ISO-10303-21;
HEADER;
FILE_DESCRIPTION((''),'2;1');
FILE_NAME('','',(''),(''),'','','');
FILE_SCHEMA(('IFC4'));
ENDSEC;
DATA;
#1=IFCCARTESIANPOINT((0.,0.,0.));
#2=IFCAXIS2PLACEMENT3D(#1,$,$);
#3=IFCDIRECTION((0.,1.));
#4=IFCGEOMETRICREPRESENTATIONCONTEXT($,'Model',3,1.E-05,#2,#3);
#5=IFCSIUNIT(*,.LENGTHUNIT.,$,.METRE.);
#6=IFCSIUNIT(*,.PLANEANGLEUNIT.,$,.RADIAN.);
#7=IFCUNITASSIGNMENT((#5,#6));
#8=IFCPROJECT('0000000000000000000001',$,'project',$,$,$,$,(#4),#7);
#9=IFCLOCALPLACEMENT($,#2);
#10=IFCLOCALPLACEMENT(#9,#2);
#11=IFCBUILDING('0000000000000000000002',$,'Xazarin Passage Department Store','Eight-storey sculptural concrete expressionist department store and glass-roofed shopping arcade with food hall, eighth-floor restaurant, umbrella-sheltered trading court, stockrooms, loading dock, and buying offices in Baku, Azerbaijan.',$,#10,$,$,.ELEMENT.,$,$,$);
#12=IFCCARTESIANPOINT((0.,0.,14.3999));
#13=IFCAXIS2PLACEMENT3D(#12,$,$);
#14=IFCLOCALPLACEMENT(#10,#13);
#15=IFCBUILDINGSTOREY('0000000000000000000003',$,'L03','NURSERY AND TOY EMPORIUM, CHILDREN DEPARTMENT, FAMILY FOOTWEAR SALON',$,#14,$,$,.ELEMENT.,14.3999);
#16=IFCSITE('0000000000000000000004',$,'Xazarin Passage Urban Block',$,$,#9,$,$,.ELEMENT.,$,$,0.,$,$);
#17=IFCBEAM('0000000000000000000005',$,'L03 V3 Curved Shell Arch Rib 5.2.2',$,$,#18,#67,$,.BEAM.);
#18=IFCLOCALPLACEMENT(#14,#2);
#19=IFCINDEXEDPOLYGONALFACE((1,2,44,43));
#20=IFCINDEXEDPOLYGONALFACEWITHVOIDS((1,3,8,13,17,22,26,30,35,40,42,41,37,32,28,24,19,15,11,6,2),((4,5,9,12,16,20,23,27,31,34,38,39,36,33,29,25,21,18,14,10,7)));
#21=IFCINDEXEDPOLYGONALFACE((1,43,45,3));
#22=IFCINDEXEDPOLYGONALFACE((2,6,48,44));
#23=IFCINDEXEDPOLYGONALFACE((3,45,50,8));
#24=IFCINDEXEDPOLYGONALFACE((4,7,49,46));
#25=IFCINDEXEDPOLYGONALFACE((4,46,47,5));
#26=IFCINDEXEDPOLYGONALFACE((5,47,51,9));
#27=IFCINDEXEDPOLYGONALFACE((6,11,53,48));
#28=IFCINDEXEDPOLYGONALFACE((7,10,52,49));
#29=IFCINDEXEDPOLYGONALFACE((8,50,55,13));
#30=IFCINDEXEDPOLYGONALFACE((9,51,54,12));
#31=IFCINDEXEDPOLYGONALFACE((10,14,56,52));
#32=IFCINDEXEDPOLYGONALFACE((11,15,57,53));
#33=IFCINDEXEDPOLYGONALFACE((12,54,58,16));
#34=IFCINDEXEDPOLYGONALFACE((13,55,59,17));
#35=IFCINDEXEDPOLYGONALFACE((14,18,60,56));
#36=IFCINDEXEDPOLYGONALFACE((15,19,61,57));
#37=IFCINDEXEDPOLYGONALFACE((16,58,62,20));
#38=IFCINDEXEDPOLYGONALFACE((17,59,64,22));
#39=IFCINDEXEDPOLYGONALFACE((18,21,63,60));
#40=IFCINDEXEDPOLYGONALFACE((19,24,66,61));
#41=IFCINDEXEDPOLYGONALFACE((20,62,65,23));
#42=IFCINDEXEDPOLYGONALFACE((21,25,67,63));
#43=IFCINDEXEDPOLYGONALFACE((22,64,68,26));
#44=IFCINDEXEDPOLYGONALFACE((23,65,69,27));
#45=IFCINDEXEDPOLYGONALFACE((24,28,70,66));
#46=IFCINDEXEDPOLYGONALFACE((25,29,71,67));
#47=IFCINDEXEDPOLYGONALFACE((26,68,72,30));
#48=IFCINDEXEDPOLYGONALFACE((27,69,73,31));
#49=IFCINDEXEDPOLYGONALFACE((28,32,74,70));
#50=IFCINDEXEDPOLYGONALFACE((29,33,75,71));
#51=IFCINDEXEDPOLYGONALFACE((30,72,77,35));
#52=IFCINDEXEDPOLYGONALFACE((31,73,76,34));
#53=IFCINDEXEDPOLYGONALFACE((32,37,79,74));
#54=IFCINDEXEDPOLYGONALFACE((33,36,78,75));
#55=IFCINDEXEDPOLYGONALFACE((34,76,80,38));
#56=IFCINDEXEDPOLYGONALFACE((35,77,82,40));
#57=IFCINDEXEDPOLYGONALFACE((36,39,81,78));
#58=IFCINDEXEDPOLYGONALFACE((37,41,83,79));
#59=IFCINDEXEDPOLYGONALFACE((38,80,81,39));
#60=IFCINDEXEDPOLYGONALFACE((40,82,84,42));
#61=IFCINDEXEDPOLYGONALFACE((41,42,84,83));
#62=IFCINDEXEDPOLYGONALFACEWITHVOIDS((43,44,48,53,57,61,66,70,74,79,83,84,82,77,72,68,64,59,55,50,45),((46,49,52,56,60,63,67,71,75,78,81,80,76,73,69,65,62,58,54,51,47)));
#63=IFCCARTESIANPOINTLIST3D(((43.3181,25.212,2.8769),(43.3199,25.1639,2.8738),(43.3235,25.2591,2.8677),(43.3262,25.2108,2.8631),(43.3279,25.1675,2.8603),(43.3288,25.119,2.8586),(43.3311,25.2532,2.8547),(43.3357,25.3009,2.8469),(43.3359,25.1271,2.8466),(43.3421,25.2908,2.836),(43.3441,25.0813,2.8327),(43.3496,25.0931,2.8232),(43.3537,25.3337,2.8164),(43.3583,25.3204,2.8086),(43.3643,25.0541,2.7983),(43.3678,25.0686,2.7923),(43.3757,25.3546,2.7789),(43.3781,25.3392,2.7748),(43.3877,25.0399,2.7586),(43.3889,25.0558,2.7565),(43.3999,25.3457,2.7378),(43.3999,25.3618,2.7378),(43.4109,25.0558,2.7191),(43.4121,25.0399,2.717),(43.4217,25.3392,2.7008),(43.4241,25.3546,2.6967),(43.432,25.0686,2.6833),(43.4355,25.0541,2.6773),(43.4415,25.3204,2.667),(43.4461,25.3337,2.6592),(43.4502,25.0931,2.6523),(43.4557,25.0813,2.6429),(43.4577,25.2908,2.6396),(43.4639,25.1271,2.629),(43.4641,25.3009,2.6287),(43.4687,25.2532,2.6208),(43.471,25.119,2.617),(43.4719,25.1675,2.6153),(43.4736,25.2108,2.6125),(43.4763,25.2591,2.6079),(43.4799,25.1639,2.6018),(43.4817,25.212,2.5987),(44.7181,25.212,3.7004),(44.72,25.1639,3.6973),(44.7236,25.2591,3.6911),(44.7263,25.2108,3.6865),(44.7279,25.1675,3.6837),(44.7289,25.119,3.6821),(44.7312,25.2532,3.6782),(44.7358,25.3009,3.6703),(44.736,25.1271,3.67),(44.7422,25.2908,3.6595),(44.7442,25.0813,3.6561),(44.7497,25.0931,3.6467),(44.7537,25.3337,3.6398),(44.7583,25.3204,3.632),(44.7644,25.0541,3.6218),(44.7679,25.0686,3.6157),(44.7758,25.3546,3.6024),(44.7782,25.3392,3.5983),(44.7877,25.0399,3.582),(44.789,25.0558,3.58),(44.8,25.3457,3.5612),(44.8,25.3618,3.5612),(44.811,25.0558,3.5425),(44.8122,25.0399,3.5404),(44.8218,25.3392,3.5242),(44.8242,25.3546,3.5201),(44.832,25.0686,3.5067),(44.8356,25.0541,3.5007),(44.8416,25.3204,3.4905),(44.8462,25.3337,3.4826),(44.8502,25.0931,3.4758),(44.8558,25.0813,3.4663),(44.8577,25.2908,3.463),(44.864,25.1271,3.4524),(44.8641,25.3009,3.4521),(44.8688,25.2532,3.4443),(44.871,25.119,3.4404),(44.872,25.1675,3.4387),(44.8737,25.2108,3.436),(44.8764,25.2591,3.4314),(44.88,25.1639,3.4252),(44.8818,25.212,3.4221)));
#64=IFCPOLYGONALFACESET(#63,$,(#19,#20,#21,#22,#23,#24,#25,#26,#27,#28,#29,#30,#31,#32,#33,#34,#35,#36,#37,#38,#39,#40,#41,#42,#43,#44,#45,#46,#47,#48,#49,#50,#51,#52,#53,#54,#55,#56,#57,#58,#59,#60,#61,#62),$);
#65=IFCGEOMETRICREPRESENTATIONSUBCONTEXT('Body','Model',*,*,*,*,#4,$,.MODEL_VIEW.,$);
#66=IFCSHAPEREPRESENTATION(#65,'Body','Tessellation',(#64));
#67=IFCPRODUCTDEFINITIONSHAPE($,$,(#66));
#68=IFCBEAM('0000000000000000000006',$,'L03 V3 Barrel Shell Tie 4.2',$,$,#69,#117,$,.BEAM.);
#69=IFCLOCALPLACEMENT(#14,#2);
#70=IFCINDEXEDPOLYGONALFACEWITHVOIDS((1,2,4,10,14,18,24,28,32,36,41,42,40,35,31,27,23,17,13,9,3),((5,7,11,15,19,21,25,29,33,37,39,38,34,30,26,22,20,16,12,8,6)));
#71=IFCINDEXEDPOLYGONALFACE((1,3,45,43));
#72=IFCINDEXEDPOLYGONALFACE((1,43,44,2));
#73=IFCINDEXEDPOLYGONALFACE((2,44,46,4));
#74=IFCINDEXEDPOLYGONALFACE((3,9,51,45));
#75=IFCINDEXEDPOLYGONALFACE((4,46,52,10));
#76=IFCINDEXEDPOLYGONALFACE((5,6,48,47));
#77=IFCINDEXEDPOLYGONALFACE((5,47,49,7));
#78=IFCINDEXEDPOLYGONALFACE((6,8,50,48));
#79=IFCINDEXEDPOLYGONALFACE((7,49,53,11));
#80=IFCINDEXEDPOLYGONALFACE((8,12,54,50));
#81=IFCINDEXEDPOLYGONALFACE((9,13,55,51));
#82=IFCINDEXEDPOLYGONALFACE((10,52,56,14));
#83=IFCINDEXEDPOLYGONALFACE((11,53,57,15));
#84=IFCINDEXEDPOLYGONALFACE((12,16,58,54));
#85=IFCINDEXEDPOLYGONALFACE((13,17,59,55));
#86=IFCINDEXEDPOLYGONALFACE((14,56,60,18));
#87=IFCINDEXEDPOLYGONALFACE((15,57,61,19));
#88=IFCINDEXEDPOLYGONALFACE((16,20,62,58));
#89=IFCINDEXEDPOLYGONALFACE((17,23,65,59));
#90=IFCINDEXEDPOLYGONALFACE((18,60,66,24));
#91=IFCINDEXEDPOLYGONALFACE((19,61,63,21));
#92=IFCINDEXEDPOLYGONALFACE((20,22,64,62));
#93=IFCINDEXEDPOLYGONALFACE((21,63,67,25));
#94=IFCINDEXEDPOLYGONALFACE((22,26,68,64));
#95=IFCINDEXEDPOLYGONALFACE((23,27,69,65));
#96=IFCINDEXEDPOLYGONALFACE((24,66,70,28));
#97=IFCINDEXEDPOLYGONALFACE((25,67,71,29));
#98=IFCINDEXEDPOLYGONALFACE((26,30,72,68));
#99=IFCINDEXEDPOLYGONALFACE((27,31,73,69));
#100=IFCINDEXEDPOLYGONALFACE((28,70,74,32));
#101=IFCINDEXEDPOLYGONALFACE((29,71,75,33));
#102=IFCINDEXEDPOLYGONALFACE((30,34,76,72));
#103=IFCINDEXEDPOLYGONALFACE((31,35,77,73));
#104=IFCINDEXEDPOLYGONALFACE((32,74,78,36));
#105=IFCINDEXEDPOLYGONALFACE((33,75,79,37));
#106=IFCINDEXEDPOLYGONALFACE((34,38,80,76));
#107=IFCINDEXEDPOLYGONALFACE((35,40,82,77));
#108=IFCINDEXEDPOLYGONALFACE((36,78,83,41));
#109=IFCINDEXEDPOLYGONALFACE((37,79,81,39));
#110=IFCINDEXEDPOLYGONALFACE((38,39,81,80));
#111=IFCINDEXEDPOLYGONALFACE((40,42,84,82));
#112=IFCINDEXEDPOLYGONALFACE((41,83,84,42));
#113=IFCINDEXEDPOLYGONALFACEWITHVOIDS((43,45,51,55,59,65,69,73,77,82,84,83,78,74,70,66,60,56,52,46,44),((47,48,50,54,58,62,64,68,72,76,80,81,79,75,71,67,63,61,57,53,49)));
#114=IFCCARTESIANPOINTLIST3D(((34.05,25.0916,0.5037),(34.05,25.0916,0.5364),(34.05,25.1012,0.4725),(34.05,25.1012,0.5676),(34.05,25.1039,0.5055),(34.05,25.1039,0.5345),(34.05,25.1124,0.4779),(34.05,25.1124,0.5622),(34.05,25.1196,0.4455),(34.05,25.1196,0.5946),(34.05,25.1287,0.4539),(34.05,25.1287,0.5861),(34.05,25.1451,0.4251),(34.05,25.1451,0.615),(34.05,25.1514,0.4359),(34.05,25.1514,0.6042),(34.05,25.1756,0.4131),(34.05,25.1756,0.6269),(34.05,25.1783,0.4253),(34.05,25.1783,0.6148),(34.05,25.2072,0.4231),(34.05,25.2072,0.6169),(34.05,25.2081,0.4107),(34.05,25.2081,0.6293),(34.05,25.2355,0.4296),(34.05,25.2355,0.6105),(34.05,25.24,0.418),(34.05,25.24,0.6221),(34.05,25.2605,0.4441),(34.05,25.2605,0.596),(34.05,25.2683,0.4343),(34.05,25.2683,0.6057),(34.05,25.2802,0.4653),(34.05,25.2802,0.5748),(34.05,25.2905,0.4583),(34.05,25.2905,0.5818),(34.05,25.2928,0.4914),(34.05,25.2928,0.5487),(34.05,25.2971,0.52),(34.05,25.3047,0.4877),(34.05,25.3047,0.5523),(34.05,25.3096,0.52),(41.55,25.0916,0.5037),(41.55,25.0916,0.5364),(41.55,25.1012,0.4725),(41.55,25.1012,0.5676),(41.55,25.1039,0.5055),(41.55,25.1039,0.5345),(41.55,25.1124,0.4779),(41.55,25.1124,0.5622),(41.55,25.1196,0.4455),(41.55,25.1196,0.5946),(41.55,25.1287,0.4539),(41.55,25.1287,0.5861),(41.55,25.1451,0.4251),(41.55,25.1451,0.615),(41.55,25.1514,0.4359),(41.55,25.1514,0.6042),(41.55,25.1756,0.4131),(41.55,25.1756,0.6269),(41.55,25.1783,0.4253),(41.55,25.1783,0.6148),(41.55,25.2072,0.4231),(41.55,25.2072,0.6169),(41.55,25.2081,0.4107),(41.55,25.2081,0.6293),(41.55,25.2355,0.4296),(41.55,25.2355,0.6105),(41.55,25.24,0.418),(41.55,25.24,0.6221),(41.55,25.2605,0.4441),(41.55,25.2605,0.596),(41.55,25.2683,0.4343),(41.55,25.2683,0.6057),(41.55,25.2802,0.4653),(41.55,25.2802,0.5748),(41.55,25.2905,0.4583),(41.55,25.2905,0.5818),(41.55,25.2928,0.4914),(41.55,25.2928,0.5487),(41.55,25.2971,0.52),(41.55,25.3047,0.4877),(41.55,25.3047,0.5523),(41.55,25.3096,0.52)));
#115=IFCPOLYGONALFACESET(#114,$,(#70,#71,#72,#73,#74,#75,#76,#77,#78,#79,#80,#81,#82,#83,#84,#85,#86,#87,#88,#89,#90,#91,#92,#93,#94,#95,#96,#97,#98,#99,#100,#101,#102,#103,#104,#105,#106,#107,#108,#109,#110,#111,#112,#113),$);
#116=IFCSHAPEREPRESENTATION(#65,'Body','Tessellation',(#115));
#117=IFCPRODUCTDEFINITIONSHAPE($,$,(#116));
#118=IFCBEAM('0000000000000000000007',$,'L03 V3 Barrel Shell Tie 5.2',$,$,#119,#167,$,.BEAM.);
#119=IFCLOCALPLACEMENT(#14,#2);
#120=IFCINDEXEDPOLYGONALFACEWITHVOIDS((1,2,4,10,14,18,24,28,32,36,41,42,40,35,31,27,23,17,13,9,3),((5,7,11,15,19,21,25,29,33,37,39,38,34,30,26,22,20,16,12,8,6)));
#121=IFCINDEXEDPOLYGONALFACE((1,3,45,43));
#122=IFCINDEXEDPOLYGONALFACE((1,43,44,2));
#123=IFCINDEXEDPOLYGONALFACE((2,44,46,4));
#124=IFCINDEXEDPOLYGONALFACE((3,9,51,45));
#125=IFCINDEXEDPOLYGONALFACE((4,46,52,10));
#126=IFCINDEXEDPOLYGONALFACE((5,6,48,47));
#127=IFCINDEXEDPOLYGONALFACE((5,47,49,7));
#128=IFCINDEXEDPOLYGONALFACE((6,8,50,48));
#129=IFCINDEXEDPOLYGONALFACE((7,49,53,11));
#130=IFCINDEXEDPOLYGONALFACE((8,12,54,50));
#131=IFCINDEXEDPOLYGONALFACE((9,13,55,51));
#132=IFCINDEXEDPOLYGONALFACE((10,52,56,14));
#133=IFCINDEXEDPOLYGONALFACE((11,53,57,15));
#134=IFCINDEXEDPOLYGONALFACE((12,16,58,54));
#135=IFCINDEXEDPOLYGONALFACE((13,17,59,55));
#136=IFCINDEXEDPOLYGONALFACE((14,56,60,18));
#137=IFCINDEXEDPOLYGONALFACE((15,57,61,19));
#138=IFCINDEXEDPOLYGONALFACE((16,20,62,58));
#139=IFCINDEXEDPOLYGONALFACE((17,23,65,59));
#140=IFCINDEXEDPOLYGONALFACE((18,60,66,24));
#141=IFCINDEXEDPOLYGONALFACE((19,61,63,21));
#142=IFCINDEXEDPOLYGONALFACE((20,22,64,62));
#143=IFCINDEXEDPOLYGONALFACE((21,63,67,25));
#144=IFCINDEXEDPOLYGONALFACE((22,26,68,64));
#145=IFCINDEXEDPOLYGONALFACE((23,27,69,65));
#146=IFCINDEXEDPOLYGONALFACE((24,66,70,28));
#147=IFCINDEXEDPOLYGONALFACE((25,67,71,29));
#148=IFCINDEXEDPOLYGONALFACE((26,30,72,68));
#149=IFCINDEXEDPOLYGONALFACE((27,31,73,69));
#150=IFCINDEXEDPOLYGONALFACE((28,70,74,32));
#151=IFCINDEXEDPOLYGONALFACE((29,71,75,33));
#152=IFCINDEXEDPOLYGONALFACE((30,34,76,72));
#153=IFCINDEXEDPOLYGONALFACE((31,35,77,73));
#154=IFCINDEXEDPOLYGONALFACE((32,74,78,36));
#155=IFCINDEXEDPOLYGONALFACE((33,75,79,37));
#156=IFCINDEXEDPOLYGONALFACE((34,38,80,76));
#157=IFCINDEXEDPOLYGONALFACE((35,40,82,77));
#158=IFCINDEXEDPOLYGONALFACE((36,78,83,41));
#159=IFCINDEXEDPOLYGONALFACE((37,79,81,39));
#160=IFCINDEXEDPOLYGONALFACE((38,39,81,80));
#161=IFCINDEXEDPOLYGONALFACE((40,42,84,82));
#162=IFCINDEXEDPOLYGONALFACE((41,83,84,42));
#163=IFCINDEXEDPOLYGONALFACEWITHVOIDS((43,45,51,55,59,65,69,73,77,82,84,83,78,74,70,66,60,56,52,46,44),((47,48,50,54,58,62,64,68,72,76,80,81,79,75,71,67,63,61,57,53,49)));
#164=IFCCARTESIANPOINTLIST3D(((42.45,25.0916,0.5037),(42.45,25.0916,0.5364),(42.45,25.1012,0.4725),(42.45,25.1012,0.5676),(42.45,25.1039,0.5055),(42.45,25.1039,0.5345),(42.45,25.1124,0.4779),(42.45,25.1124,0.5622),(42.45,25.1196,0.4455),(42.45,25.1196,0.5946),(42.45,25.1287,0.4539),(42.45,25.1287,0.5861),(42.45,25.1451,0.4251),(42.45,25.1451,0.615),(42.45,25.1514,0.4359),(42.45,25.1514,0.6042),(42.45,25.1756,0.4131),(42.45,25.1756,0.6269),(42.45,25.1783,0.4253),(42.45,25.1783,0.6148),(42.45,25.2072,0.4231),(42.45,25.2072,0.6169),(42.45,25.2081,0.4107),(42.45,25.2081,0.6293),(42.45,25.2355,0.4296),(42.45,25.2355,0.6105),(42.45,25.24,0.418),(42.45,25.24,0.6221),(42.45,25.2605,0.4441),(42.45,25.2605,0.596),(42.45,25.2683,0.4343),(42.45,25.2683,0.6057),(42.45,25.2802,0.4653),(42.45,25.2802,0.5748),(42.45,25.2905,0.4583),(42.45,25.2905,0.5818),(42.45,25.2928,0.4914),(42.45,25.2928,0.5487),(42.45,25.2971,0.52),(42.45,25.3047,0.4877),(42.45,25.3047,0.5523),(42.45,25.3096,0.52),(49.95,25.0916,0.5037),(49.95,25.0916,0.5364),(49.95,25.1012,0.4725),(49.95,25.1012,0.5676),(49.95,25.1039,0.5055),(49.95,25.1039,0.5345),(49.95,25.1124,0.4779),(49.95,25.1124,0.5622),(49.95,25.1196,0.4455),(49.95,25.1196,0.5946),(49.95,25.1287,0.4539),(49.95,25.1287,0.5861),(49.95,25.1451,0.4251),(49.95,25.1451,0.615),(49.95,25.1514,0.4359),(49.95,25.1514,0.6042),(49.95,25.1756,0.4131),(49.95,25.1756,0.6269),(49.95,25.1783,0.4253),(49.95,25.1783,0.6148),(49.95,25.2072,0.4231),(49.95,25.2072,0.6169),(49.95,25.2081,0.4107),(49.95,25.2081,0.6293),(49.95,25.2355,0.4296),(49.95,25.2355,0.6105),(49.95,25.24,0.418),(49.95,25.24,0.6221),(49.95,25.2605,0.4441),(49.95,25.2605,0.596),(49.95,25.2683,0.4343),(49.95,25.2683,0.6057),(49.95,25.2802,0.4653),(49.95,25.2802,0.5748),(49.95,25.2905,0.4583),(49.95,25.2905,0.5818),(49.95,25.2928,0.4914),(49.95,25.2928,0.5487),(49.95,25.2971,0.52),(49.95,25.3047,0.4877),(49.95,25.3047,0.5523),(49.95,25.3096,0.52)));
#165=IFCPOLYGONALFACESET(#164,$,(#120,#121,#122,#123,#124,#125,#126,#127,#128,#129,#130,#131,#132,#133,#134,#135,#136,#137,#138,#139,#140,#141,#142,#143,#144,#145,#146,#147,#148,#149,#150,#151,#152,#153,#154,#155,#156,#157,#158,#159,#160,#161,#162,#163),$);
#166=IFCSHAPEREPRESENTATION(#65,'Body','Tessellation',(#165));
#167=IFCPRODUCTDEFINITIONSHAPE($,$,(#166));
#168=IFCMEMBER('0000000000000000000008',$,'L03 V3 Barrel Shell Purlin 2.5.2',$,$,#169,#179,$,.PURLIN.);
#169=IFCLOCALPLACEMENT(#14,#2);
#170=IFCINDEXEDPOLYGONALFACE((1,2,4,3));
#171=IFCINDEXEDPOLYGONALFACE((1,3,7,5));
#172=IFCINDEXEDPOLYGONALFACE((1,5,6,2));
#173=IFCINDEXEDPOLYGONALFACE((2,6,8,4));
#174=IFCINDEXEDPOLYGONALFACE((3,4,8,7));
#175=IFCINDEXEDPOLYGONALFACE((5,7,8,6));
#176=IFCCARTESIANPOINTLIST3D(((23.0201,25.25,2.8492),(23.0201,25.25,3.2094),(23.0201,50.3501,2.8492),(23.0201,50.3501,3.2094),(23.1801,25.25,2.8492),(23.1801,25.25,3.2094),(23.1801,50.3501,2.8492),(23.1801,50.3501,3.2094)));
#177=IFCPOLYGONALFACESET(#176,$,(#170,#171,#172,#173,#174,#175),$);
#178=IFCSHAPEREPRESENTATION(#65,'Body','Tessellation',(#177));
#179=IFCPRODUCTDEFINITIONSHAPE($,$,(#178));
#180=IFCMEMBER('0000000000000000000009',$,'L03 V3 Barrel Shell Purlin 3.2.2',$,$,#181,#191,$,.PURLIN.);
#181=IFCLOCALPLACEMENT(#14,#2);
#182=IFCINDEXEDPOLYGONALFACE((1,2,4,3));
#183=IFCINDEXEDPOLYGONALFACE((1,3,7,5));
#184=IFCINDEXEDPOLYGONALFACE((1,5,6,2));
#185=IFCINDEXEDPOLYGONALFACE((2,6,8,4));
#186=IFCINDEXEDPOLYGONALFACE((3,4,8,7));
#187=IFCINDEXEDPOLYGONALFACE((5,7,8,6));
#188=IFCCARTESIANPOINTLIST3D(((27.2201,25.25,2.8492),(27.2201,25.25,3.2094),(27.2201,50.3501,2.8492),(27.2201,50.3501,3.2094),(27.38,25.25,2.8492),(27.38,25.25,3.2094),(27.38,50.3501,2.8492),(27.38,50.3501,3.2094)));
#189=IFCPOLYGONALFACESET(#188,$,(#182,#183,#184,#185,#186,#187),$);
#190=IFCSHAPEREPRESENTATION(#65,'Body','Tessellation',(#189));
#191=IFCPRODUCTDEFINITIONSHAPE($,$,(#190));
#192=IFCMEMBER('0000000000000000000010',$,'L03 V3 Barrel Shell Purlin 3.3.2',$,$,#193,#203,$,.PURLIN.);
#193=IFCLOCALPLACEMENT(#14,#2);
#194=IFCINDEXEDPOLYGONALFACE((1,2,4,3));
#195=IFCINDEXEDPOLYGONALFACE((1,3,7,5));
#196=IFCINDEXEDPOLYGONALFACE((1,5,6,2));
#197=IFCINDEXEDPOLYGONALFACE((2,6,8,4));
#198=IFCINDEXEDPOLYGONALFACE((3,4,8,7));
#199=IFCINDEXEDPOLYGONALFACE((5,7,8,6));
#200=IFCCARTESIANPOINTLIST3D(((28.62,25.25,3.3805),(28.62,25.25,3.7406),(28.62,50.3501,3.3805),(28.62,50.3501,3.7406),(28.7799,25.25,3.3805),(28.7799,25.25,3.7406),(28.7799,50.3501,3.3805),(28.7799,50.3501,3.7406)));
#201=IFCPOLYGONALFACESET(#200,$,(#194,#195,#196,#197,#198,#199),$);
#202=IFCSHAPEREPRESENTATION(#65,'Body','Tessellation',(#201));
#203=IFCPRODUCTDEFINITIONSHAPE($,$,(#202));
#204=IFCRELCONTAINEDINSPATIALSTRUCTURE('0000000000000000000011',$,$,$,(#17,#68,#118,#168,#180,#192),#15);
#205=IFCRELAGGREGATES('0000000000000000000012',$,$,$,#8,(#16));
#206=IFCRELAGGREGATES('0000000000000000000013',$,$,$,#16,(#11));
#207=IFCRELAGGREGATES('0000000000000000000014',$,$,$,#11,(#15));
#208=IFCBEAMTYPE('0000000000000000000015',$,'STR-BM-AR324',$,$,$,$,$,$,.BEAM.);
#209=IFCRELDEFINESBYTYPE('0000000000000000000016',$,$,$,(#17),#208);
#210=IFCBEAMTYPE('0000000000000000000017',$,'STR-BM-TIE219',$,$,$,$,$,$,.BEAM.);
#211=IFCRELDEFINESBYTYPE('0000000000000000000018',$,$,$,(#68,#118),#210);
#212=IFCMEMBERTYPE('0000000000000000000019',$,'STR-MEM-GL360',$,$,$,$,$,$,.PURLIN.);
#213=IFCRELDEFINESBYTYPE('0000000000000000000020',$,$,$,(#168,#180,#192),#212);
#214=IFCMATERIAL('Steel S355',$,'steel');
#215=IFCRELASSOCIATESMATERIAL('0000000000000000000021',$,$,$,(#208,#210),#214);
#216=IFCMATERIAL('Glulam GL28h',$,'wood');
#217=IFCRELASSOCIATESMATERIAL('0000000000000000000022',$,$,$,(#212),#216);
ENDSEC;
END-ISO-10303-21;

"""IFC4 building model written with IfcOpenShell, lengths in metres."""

from ifc_helpers import new_model, si_unit, direction, frame, origin, origin_2d, place, context, subcontext, project, spatial, rectangle, hollow_circle, extrude, material, material_profile, profile_set, type_object, element, save


model = new_model("IFC4")

# Units and contexts
model_context = context("Model", 3, precision=1e-05, world=origin(), true_north=direction((0.0, 1.0)))
body_context = subcontext(model_context, "Body", "Model", "MODEL_VIEW")
ifc_project = project(units=[si_unit("LENGTHUNIT", "METRE"), si_unit("PLANEANGLEUNIT", "RADIAN")], contexts=[model_context])

# Site, building, storey
site_placement = place(None, origin())
site = spatial("IfcSite", under=ifc_project, at=site_placement, Name="Xazarin Passage Urban Block", CompositionType="ELEMENT", RefElevation=0.0)
building_placement = place(site_placement, origin())
building = spatial("IfcBuilding", under=site, at=building_placement, Name="Xazarin Passage Department Store", Description="Eight-storey sculptural concrete expressionist department store and glass-roofed shopping arcade with food hall, eighth-floor restaurant, umbrella-sheltered trading court, stockrooms, loading dock, and buying offices in Baku, Azerbaijan.", CompositionType="ELEMENT")
storey_placement = place(building_placement, frame((0.0, 0.0, 14.3999)))
storey = spatial("IfcBuildingStorey", under=building, at=storey_placement, Name="L03", Description="NURSERY AND TOY EMPORIUM, CHILDREN DEPARTMENT, FAMILY FOOTWEAR SALON", CompositionType="ELEMENT", Elevation=14.3999)

# Beams
ifc_material_1 = material(Name="Steel S355", Category="steel")
ifc_material_profile_1 = material_profile(ifc_material_1, hollow_circle(Radius=0.1619, WallThickness=0.0161, at=origin_2d()), Name="CHS 323.9x16")
ifc_profile_set_1 = profile_set([ifc_material_profile_1], Name="Steel S355")
beam_type_1 = type_object("IfcBeamType", Name="STR-BM-AR324", PredefinedType="BEAM", material=ifc_profile_set_1)
beam_1_placement = place(storey_placement, frame((43.3999, 25.2, 2.7378), z_axis=(0.861969, 0.0, 0.506961), x_axis=(0.0, 1.0, 0.0)))
element("IfcBeam", 1, at=beam_1_placement, inside=storey, type_object=beam_type_1, Name="L03 V3 Curved Shell Arch Rib 5.2.2", PredefinedType="BEAM", context=body_context, shape_type="SweptSolid", body=[
    extrude(hollow_circle(Radius=0.1619, WallThickness=0.0161, at=origin_2d()), origin(), (0.0, 0.0, 1.0), 1.6243),
])
ifc_material_profile_2 = material_profile(ifc_material_1, hollow_circle(Radius=0.1096, WallThickness=0.0125, at=origin_2d()), Name="CHS 219.1x12.5")
ifc_profile_set_2 = profile_set([ifc_material_profile_2], Name="Steel S355")
beam_type_2 = type_object("IfcBeamType", Name="STR-BM-TIE219", PredefinedType="BEAM", material=ifc_profile_set_2)
for number, where, z_axis, x_axis, name in (
    (2, (34.05, 25.2, 0.52), (1.0, 0.0, 0.0), (0.0, 1.0, 0.0), "L03 V3 Barrel Shell Tie 4.2"),
    (3, (42.45, 25.2, 0.52), (1.0, 0.0, 0.0), (0.0, 1.0, 0.0), "L03 V3 Barrel Shell Tie 5.2"),
):
    element("IfcBeam", number, at=place(storey_placement, frame(where, z_axis=z_axis, x_axis=x_axis)), inside=storey, type_object=beam_type_2, Name=name, PredefinedType="BEAM", context=body_context, shape_type="SweptSolid", body=[
        extrude(hollow_circle(Radius=0.1096, WallThickness=0.0125, at=origin_2d()), origin(), (0.0, 0.0, 1.0), 7.5),
    ])

# Members
ifc_material_2 = material(Name="Glulam GL28h", Category="wood")
ifc_material_profile_3 = material_profile(ifc_material_2, rectangle(XDim=0.1599, YDim=0.3601, at=origin_2d()), Name="GL28h 160x360")
ifc_profile_set_3 = profile_set([ifc_material_profile_3], Name="Glulam GL28h")
member_type = type_object("IfcMemberType", Name="STR-MEM-GL360", PredefinedType="PURLIN", material=ifc_profile_set_3)
for number, where, z_axis, x_axis, name in (
    (4, (23.1001, 25.25, 3.0293), (0.0, 1.0, 0.0), (-1.0, 0.0, 0.0), "L03 V3 Barrel Shell Purlin 2.5.2"),
    (5, (27.3, 25.25, 3.0293), (0.0, 1.0, 0.0), (-1.0, 0.0, 0.0), "L03 V3 Barrel Shell Purlin 3.2.2"),
    (6, (28.7, 25.25, 3.5605), (0.0, 1.0, 0.0), (-1.0, 0.0, 0.0), "L03 V3 Barrel Shell Purlin 3.3.2"),
):
    element("IfcMember", number, at=place(storey_placement, frame(where, z_axis=z_axis, x_axis=x_axis)), inside=storey, type_object=member_type, Name=name, PredefinedType="PURLIN", context=body_context, shape_type="SweptSolid", body=[
        extrude(rectangle(XDim=0.1599, YDim=0.3601, at=origin_2d()), origin(), (0.0, 0.0, 1.0), 25.1001),
    ])

save(model, "model.ifc")
